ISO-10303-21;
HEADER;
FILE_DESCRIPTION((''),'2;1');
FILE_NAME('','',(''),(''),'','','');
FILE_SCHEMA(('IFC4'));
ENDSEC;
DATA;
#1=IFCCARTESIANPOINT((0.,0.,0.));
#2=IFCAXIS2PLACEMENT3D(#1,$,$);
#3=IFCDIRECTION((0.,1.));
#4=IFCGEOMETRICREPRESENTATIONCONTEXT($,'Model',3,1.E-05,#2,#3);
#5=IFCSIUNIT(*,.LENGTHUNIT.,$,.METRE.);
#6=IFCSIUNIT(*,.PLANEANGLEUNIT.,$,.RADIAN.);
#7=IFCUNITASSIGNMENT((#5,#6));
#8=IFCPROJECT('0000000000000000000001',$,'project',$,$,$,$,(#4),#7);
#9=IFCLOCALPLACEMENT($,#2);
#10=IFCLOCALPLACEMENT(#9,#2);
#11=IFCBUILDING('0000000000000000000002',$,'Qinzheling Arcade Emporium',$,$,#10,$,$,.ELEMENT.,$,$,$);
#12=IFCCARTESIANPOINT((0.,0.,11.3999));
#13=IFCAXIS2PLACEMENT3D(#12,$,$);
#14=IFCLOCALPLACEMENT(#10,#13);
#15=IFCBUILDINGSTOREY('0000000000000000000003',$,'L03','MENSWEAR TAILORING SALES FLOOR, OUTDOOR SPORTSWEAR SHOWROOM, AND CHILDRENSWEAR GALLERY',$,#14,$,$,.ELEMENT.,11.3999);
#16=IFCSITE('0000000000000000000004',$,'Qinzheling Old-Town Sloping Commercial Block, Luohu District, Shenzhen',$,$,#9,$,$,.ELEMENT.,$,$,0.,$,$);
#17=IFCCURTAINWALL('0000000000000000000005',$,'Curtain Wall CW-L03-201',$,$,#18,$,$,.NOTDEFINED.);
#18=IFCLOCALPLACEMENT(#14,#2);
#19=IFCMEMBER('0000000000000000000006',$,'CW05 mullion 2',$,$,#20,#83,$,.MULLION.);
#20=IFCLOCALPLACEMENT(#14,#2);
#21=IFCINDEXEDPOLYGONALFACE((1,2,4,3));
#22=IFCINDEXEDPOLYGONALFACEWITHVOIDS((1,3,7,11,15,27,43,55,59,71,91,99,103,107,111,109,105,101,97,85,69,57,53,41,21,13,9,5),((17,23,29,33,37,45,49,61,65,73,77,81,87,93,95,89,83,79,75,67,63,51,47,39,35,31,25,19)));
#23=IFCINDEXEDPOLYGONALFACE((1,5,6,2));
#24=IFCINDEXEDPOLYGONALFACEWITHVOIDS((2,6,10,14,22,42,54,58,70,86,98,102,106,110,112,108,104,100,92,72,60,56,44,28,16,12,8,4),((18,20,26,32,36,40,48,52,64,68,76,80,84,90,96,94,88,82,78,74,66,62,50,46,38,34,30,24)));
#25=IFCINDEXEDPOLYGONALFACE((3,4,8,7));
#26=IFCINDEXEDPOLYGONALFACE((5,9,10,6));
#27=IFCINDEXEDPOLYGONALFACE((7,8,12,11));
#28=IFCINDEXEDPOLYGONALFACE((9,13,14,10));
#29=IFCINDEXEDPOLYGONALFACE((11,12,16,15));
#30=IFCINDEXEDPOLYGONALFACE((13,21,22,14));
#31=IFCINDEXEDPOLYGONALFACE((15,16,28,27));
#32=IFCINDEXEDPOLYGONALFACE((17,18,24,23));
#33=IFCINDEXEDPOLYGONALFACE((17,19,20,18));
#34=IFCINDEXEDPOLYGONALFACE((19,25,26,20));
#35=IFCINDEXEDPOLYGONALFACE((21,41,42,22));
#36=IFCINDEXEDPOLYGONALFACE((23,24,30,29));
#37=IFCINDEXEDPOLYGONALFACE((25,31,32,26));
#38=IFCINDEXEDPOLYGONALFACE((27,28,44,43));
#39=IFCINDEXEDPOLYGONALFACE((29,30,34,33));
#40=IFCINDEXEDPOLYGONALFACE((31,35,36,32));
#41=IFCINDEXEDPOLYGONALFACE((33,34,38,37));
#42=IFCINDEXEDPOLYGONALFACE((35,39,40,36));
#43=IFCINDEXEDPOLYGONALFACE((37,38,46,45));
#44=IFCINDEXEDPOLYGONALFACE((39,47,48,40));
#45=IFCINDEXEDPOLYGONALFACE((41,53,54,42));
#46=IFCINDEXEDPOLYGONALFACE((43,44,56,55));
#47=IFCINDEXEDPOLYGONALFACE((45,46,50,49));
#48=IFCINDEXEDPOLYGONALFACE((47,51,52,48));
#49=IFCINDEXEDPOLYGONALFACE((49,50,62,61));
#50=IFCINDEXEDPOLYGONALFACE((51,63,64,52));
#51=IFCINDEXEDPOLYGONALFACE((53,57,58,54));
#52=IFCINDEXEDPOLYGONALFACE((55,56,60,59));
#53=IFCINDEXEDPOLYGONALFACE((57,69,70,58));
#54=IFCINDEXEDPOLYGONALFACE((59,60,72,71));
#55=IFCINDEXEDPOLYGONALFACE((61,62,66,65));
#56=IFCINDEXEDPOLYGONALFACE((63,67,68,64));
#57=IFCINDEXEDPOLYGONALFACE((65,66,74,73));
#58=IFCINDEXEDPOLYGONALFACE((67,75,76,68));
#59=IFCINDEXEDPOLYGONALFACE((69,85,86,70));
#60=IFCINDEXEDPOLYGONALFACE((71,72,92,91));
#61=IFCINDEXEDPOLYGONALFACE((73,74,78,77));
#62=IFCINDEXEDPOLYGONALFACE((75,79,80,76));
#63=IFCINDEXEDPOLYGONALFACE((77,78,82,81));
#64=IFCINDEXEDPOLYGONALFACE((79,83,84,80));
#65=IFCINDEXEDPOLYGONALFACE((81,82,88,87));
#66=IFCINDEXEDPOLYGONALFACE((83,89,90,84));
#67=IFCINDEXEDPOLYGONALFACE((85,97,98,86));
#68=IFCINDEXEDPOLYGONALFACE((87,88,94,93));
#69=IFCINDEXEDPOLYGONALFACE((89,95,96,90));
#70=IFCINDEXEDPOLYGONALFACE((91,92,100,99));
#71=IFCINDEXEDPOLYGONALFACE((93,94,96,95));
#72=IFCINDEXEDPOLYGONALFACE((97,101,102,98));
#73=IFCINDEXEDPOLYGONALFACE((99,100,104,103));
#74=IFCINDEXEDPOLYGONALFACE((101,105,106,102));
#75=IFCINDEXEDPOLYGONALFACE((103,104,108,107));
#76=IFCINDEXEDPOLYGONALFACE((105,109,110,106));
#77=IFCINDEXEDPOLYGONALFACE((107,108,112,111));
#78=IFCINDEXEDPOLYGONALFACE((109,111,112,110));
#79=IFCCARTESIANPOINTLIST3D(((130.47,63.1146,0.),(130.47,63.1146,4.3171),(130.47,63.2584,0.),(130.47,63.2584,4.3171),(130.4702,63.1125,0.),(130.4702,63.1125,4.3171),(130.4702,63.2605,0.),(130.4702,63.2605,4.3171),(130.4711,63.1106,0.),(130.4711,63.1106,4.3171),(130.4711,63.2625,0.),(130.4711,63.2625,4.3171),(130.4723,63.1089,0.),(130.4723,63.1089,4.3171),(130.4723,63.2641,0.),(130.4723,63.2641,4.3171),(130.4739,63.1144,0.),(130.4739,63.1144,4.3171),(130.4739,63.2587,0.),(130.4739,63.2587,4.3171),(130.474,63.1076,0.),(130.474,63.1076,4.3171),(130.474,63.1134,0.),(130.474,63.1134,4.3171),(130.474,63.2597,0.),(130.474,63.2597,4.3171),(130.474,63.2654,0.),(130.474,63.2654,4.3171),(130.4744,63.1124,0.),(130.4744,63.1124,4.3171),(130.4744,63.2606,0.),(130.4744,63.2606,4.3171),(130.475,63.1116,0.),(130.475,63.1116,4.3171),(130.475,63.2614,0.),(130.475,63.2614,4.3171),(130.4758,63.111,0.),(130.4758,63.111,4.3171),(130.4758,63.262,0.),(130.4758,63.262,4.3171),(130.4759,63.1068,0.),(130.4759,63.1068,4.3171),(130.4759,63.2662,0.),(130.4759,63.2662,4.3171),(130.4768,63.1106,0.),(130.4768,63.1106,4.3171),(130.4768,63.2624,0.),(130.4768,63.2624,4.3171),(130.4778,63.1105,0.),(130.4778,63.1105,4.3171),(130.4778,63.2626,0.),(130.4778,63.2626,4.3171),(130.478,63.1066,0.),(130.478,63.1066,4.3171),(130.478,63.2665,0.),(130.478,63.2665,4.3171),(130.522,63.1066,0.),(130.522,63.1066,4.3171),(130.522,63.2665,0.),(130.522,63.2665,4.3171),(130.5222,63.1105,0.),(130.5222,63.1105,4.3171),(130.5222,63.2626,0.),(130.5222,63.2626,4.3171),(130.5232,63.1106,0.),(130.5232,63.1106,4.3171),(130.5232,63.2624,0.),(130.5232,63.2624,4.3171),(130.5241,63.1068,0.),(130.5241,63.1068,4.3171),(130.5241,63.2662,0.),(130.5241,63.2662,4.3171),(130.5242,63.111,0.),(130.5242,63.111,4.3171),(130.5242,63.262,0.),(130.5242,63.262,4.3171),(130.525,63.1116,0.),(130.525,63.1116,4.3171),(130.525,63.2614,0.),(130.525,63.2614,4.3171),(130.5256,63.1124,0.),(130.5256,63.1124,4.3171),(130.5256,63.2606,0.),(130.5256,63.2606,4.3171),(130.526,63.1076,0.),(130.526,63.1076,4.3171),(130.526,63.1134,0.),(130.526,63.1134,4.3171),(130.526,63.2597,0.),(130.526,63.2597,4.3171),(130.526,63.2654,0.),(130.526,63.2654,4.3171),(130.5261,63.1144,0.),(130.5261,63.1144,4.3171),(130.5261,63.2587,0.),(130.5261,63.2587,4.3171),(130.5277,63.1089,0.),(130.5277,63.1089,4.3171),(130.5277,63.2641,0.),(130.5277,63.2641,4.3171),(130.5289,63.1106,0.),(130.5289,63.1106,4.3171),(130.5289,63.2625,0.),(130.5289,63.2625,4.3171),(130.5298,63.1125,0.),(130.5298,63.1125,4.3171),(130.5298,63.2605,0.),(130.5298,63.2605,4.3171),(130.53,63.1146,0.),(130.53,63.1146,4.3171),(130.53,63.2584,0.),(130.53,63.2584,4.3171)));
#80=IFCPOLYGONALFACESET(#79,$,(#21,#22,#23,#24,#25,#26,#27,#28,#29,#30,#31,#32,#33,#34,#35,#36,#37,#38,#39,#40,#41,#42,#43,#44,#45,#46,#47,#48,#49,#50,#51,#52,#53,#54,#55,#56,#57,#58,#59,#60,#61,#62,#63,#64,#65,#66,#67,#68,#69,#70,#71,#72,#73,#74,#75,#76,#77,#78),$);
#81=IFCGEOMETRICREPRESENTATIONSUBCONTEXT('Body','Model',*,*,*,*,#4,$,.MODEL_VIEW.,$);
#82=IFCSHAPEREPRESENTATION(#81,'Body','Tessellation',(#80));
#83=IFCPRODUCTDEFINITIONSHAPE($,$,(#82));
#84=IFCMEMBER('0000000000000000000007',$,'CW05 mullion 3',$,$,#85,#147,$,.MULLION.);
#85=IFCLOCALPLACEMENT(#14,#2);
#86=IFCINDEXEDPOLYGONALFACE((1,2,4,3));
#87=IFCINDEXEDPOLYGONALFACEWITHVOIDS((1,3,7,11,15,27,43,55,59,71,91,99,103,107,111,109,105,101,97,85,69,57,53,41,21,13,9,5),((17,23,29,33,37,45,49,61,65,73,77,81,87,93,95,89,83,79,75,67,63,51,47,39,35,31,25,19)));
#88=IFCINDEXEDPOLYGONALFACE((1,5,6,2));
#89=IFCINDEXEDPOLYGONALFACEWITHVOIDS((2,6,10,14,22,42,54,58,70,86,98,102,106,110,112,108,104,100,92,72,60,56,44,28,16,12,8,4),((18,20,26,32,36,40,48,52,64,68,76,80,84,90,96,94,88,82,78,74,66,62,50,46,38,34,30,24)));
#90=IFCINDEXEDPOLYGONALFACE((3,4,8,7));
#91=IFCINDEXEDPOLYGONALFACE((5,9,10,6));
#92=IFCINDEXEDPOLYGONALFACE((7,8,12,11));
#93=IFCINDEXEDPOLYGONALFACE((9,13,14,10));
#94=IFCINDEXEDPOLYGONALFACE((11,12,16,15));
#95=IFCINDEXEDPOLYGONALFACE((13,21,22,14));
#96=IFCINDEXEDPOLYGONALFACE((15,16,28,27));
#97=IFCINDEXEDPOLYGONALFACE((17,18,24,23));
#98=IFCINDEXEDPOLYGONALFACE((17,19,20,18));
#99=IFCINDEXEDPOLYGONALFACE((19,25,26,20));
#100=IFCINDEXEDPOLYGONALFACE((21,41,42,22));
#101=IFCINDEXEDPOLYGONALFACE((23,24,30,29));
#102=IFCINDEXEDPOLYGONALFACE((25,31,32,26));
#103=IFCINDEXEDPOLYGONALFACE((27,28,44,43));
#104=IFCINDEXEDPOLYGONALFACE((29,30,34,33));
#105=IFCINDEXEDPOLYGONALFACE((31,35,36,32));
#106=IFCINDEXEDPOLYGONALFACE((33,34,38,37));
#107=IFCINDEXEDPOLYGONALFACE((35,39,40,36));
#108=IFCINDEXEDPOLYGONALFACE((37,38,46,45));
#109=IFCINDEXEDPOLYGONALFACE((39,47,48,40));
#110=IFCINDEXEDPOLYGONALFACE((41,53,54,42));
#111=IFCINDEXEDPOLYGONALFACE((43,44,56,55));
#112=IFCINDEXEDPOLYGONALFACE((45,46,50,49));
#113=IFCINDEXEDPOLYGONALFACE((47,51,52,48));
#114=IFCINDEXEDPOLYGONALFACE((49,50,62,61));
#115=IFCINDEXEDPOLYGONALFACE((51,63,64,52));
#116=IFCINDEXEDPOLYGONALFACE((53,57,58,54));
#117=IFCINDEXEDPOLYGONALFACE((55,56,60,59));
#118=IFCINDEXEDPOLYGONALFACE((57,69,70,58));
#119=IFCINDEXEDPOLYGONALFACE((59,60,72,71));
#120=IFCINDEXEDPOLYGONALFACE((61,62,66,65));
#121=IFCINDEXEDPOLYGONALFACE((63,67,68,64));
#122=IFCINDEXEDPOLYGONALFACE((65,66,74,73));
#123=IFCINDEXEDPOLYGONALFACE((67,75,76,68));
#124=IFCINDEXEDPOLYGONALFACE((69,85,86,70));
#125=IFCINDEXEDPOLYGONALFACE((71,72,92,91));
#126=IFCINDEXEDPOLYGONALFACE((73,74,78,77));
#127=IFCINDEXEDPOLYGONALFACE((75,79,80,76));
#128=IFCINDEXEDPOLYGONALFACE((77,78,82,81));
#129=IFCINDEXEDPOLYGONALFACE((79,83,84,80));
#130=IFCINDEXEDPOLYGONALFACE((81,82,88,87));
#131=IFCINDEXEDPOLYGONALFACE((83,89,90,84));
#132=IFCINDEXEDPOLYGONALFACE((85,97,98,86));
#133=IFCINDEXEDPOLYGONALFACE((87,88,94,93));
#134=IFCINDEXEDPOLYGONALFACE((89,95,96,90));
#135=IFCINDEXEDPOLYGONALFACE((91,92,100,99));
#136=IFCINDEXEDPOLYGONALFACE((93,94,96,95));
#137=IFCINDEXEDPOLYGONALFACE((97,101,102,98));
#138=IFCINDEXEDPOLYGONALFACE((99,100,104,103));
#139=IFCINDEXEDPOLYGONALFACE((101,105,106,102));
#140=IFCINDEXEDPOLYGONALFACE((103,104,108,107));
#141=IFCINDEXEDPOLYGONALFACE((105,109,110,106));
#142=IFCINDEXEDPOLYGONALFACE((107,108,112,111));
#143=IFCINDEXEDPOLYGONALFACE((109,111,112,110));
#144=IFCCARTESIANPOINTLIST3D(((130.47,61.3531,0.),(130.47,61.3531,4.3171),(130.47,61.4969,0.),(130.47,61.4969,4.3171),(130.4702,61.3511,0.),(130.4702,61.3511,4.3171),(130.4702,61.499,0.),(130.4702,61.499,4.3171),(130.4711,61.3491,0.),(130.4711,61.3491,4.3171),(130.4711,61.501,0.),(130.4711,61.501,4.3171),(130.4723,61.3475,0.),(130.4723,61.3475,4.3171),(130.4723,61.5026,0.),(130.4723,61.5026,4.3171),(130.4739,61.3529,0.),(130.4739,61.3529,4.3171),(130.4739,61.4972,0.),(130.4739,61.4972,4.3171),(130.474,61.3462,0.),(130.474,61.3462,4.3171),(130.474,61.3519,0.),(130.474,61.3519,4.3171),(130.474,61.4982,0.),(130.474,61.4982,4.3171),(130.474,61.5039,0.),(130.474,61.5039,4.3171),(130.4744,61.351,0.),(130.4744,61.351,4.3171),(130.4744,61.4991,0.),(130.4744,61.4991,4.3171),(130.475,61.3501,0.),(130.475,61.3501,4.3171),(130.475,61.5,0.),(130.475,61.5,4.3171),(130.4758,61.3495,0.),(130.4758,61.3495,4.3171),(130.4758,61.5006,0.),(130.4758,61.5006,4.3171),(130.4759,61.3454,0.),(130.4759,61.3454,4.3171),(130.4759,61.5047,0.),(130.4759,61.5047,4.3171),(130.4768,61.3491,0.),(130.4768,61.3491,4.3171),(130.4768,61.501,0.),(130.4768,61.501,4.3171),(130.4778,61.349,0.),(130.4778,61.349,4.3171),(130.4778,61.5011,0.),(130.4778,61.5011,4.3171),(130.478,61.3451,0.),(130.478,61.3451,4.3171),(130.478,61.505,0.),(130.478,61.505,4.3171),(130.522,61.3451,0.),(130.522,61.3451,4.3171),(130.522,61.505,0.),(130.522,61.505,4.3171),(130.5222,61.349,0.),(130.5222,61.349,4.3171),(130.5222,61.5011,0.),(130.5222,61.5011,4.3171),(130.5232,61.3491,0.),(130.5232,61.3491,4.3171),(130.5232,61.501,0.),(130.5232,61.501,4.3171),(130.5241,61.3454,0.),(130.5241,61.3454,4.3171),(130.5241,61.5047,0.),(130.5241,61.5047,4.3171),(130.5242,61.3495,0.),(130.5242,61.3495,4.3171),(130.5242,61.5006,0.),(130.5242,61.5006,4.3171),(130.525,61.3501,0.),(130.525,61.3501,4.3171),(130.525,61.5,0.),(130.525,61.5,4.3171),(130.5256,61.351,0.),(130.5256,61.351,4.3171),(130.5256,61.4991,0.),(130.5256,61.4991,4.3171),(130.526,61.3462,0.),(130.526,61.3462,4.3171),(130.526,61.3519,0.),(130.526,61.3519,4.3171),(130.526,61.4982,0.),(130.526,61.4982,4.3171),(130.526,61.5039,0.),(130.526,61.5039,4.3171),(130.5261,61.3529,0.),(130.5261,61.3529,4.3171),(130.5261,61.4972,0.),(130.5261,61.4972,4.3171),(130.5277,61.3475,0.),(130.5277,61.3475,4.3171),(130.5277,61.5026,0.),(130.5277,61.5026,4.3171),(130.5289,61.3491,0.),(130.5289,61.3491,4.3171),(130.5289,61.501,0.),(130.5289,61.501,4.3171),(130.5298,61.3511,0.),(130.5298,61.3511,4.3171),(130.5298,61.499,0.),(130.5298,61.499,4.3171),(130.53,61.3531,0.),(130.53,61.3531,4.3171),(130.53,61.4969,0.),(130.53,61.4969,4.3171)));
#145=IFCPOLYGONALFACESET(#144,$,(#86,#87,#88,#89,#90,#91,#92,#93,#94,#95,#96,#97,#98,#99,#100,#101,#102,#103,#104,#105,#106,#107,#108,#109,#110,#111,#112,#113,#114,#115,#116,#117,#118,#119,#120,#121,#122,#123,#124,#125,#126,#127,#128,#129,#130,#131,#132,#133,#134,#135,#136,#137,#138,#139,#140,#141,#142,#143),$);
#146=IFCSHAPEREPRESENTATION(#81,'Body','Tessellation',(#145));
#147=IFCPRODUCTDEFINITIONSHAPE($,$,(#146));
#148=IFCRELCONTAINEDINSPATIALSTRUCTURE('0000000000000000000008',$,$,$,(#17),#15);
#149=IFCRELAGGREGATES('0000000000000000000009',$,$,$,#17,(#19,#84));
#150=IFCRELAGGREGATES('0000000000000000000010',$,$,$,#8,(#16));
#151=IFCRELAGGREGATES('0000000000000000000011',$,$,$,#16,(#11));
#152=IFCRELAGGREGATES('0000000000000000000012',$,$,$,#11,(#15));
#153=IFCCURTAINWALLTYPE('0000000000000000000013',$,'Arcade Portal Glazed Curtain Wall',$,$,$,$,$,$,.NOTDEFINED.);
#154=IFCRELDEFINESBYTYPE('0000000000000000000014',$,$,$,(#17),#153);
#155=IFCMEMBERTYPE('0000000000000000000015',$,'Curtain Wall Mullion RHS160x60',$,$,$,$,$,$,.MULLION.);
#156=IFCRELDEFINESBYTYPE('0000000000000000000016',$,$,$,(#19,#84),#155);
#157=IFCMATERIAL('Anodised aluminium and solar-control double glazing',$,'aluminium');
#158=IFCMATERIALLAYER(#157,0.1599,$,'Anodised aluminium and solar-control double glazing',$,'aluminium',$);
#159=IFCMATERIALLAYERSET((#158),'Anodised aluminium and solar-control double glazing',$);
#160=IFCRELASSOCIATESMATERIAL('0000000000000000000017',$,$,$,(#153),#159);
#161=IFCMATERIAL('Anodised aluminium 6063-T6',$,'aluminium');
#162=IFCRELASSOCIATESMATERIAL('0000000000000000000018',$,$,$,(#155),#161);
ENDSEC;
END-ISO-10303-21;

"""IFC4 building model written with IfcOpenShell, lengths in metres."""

from ifc_helpers import new_model, si_unit, direction, frame, origin, origin_2d, place, context, subcontext, project, spatial, hollow_rectangle, extrude, material, layer, layer_set, material_profile, profile_set, type_object, element, aggregate, save


model = new_model("IFC4")

# Units and contexts
model_context = context("Model", 3, precision=1e-05, world=origin(), true_north=direction((0.0, 1.0)))
body_context = subcontext(model_context, "Body", "Model", "MODEL_VIEW")
ifc_project = project(units=[si_unit("LENGTHUNIT", "METRE"), si_unit("PLANEANGLEUNIT", "RADIAN")], contexts=[model_context])

# Site, building, storey
site_placement = place(None, origin())
site = spatial("IfcSite", under=ifc_project, at=site_placement, Name="Qinzheling Old-Town Sloping Commercial Block, Luohu District, Shenzhen", CompositionType="ELEMENT", RefElevation=0.0)
building_placement = place(site_placement, origin())
building = spatial("IfcBuilding", under=site, at=building_placement, Name="Qinzheling Arcade Emporium", CompositionType="ELEMENT")
storey_placement = place(building_placement, frame((0.0, 0.0, 11.3999)))
storey = spatial("IfcBuildingStorey", under=building, at=storey_placement, Name="L03", Description="MENSWEAR TAILORING SALES FLOOR, OUTDOOR SPORTSWEAR SHOWROOM, AND CHILDRENSWEAR GALLERY", CompositionType="ELEMENT", Elevation=11.3999)

# Shared definitions
ifc_material_1 = material(Name="Anodised aluminium and solar-control double glazing", Category="aluminium")
ifc_layer_1 = layer(ifc_material_1, 0.1599, Name="Anodised aluminium and solar-control double glazing", Category="aluminium")
ifc_layer_set_1 = layer_set([ifc_layer_1], Name="Anodised aluminium and solar-control double glazing")
curtain_wall_type = type_object("IfcCurtainWallType", Name="Arcade Portal Glazed Curtain Wall", PredefinedType="NOTDEFINED", material=ifc_layer_set_1)
ifc_material_2 = material(Name="Anodised aluminium 6063-T6", Category="aluminium")
ifc_material_profile_1 = material_profile(ifc_material_2, hollow_rectangle(XDim=0.0601, YDim=0.1599, WallThickness=0.0039, InnerFilletRadius=0.0039, OuterFilletRadius=0.0081, at=origin_2d()), Name="RHS 160x60x4", Category="aluminium")
ifc_profile_set_1 = profile_set([ifc_material_profile_1], Name="Anodised aluminium 6063-T6")
member_type_1 = type_object("IfcMemberType", Name="Curtain Wall Mullion RHS160x60", PredefinedType="MULLION", material=ifc_profile_set_1)

# Curtain wall, members
curtain_wall_1_placement = place(storey_placement, origin())
curtain_wall_1 = element("IfcCurtainWall", 1, at=curtain_wall_1_placement, inside=storey, type_object=curtain_wall_type, Name="Curtain Wall CW-L03-201", PredefinedType="NOTDEFINED")
member_1_placement = place(storey_placement, frame((130.5, 63.1865, 0.0), z_axis=(0.0, 0.0, 1.0), x_axis=(1.0, 0.0, 0.0)))
member_1 = element("IfcMember", 2, at=member_1_placement, type_object=member_type_1, Name="CW05 mullion 2", PredefinedType="MULLION", context=body_context, shape_type="SweptSolid", body=[
    extrude(hollow_rectangle(XDim=0.0601, YDim=0.1599, WallThickness=0.0039, InnerFilletRadius=0.0039, OuterFilletRadius=0.0081, at=origin_2d()), origin(), (0.0, 0.0, 1.0), 4.3171),
])
member_2_placement = place(storey_placement, frame((130.5, 61.425, 0.0), z_axis=(0.0, 0.0, 1.0), x_axis=(1.0, 0.0, 0.0)))
member_2 = element("IfcMember", 3, at=member_2_placement, type_object=member_type_1, Name="CW05 mullion 3", PredefinedType="MULLION", context=body_context, shape_type="SweptSolid", body=[
    extrude(hollow_rectangle(XDim=0.0601, YDim=0.1599, WallThickness=0.0039, InnerFilletRadius=0.0039, OuterFilletRadius=0.0081, at=origin_2d()), origin(), (0.0, 0.0, 1.0), 4.3171),
])

aggregate(curtain_wall_1, [member_1, member_2])

save(model, "model.ifc")
